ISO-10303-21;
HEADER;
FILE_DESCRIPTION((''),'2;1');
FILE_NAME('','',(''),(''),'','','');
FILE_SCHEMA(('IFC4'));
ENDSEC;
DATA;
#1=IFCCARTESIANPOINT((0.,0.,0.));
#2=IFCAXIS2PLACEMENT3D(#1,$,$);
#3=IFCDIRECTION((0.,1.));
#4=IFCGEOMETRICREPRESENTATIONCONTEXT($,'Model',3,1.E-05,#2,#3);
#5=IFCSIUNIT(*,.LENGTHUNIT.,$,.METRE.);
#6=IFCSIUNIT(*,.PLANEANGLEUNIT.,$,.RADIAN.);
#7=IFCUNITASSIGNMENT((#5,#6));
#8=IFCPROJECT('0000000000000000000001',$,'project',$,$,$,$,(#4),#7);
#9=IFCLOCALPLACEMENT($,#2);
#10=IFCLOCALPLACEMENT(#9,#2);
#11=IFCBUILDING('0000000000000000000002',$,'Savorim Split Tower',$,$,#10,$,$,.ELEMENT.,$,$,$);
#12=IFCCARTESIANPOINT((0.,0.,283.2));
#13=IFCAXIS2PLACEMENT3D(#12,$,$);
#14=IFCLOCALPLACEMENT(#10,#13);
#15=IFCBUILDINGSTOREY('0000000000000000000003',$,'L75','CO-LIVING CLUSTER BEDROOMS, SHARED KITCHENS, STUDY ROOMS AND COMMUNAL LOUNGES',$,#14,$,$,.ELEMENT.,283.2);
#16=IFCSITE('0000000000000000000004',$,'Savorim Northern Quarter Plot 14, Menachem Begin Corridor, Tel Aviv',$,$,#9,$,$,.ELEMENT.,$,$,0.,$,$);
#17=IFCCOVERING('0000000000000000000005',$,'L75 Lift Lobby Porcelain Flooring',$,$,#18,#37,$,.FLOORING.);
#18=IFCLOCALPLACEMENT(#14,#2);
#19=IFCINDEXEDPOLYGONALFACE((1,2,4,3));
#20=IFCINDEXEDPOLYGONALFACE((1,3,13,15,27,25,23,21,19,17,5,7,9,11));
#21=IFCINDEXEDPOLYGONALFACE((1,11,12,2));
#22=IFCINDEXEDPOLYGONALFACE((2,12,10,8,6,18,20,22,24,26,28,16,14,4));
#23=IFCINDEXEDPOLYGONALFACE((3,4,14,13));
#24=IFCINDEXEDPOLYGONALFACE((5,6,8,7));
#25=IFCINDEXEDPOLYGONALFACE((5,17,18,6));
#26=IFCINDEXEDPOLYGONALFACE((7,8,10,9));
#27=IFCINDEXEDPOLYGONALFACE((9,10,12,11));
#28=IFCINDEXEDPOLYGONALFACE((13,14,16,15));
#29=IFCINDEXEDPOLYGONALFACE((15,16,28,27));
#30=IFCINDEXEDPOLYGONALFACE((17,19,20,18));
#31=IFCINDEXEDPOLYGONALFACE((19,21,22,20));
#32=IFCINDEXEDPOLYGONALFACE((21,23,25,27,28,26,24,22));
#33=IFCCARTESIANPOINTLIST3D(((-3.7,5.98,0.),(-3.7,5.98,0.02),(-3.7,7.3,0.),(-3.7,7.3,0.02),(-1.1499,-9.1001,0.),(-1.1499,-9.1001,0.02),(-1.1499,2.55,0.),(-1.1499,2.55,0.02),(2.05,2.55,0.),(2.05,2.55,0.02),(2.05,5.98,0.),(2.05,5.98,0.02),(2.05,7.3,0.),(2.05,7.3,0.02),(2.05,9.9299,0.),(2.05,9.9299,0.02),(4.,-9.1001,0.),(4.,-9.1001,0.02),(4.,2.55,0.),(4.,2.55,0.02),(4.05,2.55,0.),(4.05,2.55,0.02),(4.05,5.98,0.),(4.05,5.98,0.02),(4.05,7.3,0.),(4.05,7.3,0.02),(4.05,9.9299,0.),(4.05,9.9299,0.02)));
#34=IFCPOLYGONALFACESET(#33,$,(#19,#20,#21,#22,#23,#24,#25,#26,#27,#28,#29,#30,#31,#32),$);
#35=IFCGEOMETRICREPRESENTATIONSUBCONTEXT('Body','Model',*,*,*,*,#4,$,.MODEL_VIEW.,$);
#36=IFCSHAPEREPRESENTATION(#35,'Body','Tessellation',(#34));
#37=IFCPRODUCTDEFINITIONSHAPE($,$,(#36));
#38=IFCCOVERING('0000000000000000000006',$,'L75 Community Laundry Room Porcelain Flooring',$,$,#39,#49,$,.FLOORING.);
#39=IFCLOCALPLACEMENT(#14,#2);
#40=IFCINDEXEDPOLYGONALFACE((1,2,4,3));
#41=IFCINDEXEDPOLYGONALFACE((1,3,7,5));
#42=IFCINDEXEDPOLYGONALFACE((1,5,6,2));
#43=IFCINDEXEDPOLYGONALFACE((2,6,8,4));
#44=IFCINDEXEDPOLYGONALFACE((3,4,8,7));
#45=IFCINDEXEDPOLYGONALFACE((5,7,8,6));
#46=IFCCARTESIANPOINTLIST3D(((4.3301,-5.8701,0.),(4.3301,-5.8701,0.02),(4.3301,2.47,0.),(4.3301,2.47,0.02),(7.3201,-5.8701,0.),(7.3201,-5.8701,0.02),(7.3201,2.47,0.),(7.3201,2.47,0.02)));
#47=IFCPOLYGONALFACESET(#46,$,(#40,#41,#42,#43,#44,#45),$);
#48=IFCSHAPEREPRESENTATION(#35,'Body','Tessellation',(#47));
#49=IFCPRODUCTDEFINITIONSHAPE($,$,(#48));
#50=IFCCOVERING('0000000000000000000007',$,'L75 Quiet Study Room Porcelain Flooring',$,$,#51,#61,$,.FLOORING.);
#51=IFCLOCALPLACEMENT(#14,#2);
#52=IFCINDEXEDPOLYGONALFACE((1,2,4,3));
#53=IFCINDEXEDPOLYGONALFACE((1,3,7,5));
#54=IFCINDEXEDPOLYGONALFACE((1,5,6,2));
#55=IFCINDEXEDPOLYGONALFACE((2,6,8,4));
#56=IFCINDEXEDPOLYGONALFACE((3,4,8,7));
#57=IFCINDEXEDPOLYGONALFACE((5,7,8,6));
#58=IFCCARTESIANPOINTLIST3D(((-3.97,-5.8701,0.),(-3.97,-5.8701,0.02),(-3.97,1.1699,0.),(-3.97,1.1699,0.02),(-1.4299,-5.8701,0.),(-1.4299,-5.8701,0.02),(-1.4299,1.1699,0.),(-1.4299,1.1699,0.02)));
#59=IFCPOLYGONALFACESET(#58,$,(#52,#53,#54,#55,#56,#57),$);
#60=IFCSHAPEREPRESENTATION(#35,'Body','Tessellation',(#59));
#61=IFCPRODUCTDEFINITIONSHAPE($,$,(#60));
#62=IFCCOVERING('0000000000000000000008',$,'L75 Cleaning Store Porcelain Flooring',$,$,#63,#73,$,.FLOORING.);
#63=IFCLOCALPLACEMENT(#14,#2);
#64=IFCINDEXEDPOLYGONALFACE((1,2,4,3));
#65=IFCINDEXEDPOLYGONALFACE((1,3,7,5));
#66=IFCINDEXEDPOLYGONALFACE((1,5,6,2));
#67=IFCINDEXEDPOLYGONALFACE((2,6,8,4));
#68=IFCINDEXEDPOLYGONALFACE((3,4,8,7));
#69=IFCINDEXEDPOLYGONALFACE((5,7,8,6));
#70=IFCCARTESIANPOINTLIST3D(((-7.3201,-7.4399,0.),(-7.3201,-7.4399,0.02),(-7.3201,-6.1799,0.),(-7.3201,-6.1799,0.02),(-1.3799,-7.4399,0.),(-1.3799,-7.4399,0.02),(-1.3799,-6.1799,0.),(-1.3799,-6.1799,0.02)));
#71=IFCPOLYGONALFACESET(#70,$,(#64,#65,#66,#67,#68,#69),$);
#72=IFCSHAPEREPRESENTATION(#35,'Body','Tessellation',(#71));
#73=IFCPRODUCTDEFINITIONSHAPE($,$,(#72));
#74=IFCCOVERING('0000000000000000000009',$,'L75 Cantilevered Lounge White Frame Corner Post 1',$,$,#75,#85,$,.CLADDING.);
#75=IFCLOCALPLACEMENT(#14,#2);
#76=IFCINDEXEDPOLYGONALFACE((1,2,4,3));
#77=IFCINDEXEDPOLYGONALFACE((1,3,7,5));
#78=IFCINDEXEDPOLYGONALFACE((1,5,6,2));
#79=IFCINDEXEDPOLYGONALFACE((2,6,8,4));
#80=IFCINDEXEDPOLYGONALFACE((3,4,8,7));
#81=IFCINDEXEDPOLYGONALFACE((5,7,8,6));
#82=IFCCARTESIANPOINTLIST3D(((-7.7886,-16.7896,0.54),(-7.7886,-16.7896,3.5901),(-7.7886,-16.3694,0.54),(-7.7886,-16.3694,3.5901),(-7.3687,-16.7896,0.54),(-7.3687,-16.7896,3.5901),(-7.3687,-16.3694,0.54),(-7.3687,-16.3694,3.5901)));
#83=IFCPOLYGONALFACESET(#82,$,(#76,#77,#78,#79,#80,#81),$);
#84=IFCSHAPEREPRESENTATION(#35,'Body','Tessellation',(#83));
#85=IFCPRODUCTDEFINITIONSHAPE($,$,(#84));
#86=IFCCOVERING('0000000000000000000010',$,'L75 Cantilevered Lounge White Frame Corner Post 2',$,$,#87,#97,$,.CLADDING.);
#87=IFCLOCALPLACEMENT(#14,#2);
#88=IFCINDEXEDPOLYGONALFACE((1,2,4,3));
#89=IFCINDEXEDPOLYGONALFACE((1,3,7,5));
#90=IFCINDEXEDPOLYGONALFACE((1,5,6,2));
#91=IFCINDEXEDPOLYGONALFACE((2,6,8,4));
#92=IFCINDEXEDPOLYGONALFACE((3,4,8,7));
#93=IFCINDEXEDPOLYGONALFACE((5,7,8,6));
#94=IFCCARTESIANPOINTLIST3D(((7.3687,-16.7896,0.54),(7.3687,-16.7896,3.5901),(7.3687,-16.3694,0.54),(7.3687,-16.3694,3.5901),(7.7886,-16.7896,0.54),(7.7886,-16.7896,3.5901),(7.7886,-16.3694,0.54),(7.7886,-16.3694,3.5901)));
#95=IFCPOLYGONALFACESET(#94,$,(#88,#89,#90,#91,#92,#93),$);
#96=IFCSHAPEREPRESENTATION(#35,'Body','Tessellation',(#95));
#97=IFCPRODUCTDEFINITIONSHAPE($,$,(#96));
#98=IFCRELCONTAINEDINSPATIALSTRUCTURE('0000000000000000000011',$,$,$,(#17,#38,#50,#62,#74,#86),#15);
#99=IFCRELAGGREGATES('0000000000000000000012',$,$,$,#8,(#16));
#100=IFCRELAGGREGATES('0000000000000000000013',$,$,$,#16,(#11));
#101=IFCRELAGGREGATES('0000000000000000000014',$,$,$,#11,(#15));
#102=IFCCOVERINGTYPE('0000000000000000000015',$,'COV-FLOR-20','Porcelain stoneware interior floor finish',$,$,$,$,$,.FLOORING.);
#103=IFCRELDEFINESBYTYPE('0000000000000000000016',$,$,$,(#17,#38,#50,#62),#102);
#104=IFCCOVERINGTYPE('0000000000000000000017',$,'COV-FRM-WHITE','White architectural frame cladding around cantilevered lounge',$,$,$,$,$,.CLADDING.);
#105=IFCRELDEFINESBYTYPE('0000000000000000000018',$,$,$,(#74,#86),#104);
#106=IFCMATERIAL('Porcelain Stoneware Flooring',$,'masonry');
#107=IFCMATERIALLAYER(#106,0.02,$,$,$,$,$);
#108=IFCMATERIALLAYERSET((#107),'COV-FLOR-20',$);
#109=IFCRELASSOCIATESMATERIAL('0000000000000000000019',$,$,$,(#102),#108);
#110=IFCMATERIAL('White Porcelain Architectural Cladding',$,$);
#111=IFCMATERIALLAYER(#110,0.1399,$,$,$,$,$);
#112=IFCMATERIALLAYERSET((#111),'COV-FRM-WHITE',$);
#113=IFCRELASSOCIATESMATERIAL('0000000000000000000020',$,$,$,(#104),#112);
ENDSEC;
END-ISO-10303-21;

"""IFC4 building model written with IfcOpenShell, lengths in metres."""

from ifc_helpers import new_model, si_unit, direction, frame, origin, place, context, subcontext, project, spatial, polyline, outline, extrude, material, layer, layer_set, type_object, element, save


model = new_model("IFC4")

# Units and contexts
model_context = context("Model", 3, precision=1e-05, world=origin(), true_north=direction((0.0, 1.0)))
body_context = subcontext(model_context, "Body", "Model", "MODEL_VIEW")
ifc_project = project(units=[si_unit("LENGTHUNIT", "METRE"), si_unit("PLANEANGLEUNIT", "RADIAN")], contexts=[model_context])

# Site, building, storey
site_placement = place(None, origin())
site = spatial("IfcSite", under=ifc_project, at=site_placement, Name="Savorim Northern Quarter Plot 14, Menachem Begin Corridor, Tel Aviv", CompositionType="ELEMENT", RefElevation=0.0)
building_placement = place(site_placement, origin())
building = spatial("IfcBuilding", under=site, at=building_placement, Name="Savorim Split Tower", CompositionType="ELEMENT")
storey_placement = place(building_placement, frame((0.0, 0.0, 283.2)))
storey = spatial("IfcBuildingStorey", under=building, at=storey_placement, Name="L75", Description="CO-LIVING CLUSTER BEDROOMS, SHARED KITCHENS, STUDY ROOMS AND COMMUNAL LOUNGES", CompositionType="ELEMENT", Elevation=283.2)

# Coverings
ifc_material_1 = material(Name="Porcelain Stoneware Flooring", Category="masonry")
ifc_layer_1 = layer(ifc_material_1, 0.02)
ifc_layer_set_1 = layer_set([ifc_layer_1], Name="COV-FLOR-20")
covering_type_1 = type_object("IfcCoveringType", Name="COV-FLOR-20", Description="Porcelain stoneware interior floor finish", PredefinedType="FLOORING", material=ifc_layer_set_1)
covering_1_placement = place(storey_placement, origin())
element("IfcCovering", 1, at=covering_1_placement, inside=storey, type_object=covering_type_1, Name="L75 Lift Lobby Porcelain Flooring", PredefinedType="FLOORING", context=body_context, shape_type="SweptSolid", body=[
    extrude(outline(polyline([(2.05, 2.55), (-1.1499, 2.55), (-1.1499, -9.1001), (4.0, -9.1001), (4.0, 2.55), (4.05, 2.55), (4.05, 5.98), (4.05, 7.3), (4.05, 9.9299), (2.05, 9.9299), (2.05, 7.3), (-3.7, 7.3), (-3.7, 5.98), (2.05, 5.98), (2.05, 2.55)])), origin(), (0.0, 0.0, 1.0), 0.02),
])
covering_2_placement = place(storey_placement, origin())
element("IfcCovering", 2, at=covering_2_placement, inside=storey, type_object=covering_type_1, Name="L75 Community Laundry Room Porcelain Flooring", PredefinedType="FLOORING", context=body_context, shape_type="SweptSolid", body=[
    extrude(outline(polyline([(4.3301, 2.47), (4.3301, -5.8701), (7.3201, -5.8701), (7.3201, 2.47), (4.3301, 2.47)])), origin(), (0.0, 0.0, 1.0), 0.02),
])
covering_3_placement = place(storey_placement, origin())
element("IfcCovering", 3, at=covering_3_placement, inside=storey, type_object=covering_type_1, Name="L75 Quiet Study Room Porcelain Flooring", PredefinedType="FLOORING", context=body_context, shape_type="SweptSolid", body=[
    extrude(outline(polyline([(-3.97, 1.1699), (-3.97, -5.8701), (-1.4299, -5.8701), (-1.4299, 1.1699), (-3.97, 1.1699)])), origin(), (0.0, 0.0, 1.0), 0.02),
])
covering_4_placement = place(storey_placement, origin())
element("IfcCovering", 4, at=covering_4_placement, inside=storey, type_object=covering_type_1, Name="L75 Cleaning Store Porcelain Flooring", PredefinedType="FLOORING", context=body_context, shape_type="SweptSolid", body=[
    extrude(outline(polyline([(-7.3201, -6.1799), (-7.3201, -7.4399), (-1.3799, -7.4399), (-1.3799, -6.1799), (-7.3201, -6.1799)])), origin(), (0.0, 0.0, 1.0), 0.02),
])
ifc_material_2 = material(Name="White Porcelain Architectural Cladding")
ifc_layer_2 = layer(ifc_material_2, 0.1399)
ifc_layer_set_2 = layer_set([ifc_layer_2], Name="COV-FRM-WHITE")
covering_type_2 = type_object("IfcCoveringType", Name="COV-FRM-WHITE", Description="White architectural frame cladding around cantilevered lounge", PredefinedType="CLADDING", material=ifc_layer_set_2)
covering_5_placement = place(storey_placement, frame((0.0, 0.0, 0.54)))
element("IfcCovering", 5, at=covering_5_placement, inside=storey, type_object=covering_type_2, Name="L75 Cantilevered Lounge White Frame Corner Post 1", PredefinedType="CLADDING", context=body_context, shape_type="SweptSolid", body=[
    extrude(outline(polyline([(-7.7886, -16.7896), (-7.3687, -16.7896), (-7.3687, -16.3694), (-7.7886, -16.3694), (-7.7886, -16.7896)])), origin(), (0.0, 0.0, 1.0), 3.05),
])
covering_6_placement = place(storey_placement, frame((0.0, 0.0, 0.54)))
element("IfcCovering", 6, at=covering_6_placement, inside=storey, type_object=covering_type_2, Name="L75 Cantilevered Lounge White Frame Corner Post 2", PredefinedType="CLADDING", context=body_context, shape_type="SweptSolid", body=[
    extrude(outline(polyline([(7.3687, -16.7896), (7.7886, -16.7896), (7.7886, -16.3694), (7.3687, -16.3694), (7.3687, -16.7896)])), origin(), (0.0, 0.0, 1.0), 3.05),
])

save(model, "model.ifc")
